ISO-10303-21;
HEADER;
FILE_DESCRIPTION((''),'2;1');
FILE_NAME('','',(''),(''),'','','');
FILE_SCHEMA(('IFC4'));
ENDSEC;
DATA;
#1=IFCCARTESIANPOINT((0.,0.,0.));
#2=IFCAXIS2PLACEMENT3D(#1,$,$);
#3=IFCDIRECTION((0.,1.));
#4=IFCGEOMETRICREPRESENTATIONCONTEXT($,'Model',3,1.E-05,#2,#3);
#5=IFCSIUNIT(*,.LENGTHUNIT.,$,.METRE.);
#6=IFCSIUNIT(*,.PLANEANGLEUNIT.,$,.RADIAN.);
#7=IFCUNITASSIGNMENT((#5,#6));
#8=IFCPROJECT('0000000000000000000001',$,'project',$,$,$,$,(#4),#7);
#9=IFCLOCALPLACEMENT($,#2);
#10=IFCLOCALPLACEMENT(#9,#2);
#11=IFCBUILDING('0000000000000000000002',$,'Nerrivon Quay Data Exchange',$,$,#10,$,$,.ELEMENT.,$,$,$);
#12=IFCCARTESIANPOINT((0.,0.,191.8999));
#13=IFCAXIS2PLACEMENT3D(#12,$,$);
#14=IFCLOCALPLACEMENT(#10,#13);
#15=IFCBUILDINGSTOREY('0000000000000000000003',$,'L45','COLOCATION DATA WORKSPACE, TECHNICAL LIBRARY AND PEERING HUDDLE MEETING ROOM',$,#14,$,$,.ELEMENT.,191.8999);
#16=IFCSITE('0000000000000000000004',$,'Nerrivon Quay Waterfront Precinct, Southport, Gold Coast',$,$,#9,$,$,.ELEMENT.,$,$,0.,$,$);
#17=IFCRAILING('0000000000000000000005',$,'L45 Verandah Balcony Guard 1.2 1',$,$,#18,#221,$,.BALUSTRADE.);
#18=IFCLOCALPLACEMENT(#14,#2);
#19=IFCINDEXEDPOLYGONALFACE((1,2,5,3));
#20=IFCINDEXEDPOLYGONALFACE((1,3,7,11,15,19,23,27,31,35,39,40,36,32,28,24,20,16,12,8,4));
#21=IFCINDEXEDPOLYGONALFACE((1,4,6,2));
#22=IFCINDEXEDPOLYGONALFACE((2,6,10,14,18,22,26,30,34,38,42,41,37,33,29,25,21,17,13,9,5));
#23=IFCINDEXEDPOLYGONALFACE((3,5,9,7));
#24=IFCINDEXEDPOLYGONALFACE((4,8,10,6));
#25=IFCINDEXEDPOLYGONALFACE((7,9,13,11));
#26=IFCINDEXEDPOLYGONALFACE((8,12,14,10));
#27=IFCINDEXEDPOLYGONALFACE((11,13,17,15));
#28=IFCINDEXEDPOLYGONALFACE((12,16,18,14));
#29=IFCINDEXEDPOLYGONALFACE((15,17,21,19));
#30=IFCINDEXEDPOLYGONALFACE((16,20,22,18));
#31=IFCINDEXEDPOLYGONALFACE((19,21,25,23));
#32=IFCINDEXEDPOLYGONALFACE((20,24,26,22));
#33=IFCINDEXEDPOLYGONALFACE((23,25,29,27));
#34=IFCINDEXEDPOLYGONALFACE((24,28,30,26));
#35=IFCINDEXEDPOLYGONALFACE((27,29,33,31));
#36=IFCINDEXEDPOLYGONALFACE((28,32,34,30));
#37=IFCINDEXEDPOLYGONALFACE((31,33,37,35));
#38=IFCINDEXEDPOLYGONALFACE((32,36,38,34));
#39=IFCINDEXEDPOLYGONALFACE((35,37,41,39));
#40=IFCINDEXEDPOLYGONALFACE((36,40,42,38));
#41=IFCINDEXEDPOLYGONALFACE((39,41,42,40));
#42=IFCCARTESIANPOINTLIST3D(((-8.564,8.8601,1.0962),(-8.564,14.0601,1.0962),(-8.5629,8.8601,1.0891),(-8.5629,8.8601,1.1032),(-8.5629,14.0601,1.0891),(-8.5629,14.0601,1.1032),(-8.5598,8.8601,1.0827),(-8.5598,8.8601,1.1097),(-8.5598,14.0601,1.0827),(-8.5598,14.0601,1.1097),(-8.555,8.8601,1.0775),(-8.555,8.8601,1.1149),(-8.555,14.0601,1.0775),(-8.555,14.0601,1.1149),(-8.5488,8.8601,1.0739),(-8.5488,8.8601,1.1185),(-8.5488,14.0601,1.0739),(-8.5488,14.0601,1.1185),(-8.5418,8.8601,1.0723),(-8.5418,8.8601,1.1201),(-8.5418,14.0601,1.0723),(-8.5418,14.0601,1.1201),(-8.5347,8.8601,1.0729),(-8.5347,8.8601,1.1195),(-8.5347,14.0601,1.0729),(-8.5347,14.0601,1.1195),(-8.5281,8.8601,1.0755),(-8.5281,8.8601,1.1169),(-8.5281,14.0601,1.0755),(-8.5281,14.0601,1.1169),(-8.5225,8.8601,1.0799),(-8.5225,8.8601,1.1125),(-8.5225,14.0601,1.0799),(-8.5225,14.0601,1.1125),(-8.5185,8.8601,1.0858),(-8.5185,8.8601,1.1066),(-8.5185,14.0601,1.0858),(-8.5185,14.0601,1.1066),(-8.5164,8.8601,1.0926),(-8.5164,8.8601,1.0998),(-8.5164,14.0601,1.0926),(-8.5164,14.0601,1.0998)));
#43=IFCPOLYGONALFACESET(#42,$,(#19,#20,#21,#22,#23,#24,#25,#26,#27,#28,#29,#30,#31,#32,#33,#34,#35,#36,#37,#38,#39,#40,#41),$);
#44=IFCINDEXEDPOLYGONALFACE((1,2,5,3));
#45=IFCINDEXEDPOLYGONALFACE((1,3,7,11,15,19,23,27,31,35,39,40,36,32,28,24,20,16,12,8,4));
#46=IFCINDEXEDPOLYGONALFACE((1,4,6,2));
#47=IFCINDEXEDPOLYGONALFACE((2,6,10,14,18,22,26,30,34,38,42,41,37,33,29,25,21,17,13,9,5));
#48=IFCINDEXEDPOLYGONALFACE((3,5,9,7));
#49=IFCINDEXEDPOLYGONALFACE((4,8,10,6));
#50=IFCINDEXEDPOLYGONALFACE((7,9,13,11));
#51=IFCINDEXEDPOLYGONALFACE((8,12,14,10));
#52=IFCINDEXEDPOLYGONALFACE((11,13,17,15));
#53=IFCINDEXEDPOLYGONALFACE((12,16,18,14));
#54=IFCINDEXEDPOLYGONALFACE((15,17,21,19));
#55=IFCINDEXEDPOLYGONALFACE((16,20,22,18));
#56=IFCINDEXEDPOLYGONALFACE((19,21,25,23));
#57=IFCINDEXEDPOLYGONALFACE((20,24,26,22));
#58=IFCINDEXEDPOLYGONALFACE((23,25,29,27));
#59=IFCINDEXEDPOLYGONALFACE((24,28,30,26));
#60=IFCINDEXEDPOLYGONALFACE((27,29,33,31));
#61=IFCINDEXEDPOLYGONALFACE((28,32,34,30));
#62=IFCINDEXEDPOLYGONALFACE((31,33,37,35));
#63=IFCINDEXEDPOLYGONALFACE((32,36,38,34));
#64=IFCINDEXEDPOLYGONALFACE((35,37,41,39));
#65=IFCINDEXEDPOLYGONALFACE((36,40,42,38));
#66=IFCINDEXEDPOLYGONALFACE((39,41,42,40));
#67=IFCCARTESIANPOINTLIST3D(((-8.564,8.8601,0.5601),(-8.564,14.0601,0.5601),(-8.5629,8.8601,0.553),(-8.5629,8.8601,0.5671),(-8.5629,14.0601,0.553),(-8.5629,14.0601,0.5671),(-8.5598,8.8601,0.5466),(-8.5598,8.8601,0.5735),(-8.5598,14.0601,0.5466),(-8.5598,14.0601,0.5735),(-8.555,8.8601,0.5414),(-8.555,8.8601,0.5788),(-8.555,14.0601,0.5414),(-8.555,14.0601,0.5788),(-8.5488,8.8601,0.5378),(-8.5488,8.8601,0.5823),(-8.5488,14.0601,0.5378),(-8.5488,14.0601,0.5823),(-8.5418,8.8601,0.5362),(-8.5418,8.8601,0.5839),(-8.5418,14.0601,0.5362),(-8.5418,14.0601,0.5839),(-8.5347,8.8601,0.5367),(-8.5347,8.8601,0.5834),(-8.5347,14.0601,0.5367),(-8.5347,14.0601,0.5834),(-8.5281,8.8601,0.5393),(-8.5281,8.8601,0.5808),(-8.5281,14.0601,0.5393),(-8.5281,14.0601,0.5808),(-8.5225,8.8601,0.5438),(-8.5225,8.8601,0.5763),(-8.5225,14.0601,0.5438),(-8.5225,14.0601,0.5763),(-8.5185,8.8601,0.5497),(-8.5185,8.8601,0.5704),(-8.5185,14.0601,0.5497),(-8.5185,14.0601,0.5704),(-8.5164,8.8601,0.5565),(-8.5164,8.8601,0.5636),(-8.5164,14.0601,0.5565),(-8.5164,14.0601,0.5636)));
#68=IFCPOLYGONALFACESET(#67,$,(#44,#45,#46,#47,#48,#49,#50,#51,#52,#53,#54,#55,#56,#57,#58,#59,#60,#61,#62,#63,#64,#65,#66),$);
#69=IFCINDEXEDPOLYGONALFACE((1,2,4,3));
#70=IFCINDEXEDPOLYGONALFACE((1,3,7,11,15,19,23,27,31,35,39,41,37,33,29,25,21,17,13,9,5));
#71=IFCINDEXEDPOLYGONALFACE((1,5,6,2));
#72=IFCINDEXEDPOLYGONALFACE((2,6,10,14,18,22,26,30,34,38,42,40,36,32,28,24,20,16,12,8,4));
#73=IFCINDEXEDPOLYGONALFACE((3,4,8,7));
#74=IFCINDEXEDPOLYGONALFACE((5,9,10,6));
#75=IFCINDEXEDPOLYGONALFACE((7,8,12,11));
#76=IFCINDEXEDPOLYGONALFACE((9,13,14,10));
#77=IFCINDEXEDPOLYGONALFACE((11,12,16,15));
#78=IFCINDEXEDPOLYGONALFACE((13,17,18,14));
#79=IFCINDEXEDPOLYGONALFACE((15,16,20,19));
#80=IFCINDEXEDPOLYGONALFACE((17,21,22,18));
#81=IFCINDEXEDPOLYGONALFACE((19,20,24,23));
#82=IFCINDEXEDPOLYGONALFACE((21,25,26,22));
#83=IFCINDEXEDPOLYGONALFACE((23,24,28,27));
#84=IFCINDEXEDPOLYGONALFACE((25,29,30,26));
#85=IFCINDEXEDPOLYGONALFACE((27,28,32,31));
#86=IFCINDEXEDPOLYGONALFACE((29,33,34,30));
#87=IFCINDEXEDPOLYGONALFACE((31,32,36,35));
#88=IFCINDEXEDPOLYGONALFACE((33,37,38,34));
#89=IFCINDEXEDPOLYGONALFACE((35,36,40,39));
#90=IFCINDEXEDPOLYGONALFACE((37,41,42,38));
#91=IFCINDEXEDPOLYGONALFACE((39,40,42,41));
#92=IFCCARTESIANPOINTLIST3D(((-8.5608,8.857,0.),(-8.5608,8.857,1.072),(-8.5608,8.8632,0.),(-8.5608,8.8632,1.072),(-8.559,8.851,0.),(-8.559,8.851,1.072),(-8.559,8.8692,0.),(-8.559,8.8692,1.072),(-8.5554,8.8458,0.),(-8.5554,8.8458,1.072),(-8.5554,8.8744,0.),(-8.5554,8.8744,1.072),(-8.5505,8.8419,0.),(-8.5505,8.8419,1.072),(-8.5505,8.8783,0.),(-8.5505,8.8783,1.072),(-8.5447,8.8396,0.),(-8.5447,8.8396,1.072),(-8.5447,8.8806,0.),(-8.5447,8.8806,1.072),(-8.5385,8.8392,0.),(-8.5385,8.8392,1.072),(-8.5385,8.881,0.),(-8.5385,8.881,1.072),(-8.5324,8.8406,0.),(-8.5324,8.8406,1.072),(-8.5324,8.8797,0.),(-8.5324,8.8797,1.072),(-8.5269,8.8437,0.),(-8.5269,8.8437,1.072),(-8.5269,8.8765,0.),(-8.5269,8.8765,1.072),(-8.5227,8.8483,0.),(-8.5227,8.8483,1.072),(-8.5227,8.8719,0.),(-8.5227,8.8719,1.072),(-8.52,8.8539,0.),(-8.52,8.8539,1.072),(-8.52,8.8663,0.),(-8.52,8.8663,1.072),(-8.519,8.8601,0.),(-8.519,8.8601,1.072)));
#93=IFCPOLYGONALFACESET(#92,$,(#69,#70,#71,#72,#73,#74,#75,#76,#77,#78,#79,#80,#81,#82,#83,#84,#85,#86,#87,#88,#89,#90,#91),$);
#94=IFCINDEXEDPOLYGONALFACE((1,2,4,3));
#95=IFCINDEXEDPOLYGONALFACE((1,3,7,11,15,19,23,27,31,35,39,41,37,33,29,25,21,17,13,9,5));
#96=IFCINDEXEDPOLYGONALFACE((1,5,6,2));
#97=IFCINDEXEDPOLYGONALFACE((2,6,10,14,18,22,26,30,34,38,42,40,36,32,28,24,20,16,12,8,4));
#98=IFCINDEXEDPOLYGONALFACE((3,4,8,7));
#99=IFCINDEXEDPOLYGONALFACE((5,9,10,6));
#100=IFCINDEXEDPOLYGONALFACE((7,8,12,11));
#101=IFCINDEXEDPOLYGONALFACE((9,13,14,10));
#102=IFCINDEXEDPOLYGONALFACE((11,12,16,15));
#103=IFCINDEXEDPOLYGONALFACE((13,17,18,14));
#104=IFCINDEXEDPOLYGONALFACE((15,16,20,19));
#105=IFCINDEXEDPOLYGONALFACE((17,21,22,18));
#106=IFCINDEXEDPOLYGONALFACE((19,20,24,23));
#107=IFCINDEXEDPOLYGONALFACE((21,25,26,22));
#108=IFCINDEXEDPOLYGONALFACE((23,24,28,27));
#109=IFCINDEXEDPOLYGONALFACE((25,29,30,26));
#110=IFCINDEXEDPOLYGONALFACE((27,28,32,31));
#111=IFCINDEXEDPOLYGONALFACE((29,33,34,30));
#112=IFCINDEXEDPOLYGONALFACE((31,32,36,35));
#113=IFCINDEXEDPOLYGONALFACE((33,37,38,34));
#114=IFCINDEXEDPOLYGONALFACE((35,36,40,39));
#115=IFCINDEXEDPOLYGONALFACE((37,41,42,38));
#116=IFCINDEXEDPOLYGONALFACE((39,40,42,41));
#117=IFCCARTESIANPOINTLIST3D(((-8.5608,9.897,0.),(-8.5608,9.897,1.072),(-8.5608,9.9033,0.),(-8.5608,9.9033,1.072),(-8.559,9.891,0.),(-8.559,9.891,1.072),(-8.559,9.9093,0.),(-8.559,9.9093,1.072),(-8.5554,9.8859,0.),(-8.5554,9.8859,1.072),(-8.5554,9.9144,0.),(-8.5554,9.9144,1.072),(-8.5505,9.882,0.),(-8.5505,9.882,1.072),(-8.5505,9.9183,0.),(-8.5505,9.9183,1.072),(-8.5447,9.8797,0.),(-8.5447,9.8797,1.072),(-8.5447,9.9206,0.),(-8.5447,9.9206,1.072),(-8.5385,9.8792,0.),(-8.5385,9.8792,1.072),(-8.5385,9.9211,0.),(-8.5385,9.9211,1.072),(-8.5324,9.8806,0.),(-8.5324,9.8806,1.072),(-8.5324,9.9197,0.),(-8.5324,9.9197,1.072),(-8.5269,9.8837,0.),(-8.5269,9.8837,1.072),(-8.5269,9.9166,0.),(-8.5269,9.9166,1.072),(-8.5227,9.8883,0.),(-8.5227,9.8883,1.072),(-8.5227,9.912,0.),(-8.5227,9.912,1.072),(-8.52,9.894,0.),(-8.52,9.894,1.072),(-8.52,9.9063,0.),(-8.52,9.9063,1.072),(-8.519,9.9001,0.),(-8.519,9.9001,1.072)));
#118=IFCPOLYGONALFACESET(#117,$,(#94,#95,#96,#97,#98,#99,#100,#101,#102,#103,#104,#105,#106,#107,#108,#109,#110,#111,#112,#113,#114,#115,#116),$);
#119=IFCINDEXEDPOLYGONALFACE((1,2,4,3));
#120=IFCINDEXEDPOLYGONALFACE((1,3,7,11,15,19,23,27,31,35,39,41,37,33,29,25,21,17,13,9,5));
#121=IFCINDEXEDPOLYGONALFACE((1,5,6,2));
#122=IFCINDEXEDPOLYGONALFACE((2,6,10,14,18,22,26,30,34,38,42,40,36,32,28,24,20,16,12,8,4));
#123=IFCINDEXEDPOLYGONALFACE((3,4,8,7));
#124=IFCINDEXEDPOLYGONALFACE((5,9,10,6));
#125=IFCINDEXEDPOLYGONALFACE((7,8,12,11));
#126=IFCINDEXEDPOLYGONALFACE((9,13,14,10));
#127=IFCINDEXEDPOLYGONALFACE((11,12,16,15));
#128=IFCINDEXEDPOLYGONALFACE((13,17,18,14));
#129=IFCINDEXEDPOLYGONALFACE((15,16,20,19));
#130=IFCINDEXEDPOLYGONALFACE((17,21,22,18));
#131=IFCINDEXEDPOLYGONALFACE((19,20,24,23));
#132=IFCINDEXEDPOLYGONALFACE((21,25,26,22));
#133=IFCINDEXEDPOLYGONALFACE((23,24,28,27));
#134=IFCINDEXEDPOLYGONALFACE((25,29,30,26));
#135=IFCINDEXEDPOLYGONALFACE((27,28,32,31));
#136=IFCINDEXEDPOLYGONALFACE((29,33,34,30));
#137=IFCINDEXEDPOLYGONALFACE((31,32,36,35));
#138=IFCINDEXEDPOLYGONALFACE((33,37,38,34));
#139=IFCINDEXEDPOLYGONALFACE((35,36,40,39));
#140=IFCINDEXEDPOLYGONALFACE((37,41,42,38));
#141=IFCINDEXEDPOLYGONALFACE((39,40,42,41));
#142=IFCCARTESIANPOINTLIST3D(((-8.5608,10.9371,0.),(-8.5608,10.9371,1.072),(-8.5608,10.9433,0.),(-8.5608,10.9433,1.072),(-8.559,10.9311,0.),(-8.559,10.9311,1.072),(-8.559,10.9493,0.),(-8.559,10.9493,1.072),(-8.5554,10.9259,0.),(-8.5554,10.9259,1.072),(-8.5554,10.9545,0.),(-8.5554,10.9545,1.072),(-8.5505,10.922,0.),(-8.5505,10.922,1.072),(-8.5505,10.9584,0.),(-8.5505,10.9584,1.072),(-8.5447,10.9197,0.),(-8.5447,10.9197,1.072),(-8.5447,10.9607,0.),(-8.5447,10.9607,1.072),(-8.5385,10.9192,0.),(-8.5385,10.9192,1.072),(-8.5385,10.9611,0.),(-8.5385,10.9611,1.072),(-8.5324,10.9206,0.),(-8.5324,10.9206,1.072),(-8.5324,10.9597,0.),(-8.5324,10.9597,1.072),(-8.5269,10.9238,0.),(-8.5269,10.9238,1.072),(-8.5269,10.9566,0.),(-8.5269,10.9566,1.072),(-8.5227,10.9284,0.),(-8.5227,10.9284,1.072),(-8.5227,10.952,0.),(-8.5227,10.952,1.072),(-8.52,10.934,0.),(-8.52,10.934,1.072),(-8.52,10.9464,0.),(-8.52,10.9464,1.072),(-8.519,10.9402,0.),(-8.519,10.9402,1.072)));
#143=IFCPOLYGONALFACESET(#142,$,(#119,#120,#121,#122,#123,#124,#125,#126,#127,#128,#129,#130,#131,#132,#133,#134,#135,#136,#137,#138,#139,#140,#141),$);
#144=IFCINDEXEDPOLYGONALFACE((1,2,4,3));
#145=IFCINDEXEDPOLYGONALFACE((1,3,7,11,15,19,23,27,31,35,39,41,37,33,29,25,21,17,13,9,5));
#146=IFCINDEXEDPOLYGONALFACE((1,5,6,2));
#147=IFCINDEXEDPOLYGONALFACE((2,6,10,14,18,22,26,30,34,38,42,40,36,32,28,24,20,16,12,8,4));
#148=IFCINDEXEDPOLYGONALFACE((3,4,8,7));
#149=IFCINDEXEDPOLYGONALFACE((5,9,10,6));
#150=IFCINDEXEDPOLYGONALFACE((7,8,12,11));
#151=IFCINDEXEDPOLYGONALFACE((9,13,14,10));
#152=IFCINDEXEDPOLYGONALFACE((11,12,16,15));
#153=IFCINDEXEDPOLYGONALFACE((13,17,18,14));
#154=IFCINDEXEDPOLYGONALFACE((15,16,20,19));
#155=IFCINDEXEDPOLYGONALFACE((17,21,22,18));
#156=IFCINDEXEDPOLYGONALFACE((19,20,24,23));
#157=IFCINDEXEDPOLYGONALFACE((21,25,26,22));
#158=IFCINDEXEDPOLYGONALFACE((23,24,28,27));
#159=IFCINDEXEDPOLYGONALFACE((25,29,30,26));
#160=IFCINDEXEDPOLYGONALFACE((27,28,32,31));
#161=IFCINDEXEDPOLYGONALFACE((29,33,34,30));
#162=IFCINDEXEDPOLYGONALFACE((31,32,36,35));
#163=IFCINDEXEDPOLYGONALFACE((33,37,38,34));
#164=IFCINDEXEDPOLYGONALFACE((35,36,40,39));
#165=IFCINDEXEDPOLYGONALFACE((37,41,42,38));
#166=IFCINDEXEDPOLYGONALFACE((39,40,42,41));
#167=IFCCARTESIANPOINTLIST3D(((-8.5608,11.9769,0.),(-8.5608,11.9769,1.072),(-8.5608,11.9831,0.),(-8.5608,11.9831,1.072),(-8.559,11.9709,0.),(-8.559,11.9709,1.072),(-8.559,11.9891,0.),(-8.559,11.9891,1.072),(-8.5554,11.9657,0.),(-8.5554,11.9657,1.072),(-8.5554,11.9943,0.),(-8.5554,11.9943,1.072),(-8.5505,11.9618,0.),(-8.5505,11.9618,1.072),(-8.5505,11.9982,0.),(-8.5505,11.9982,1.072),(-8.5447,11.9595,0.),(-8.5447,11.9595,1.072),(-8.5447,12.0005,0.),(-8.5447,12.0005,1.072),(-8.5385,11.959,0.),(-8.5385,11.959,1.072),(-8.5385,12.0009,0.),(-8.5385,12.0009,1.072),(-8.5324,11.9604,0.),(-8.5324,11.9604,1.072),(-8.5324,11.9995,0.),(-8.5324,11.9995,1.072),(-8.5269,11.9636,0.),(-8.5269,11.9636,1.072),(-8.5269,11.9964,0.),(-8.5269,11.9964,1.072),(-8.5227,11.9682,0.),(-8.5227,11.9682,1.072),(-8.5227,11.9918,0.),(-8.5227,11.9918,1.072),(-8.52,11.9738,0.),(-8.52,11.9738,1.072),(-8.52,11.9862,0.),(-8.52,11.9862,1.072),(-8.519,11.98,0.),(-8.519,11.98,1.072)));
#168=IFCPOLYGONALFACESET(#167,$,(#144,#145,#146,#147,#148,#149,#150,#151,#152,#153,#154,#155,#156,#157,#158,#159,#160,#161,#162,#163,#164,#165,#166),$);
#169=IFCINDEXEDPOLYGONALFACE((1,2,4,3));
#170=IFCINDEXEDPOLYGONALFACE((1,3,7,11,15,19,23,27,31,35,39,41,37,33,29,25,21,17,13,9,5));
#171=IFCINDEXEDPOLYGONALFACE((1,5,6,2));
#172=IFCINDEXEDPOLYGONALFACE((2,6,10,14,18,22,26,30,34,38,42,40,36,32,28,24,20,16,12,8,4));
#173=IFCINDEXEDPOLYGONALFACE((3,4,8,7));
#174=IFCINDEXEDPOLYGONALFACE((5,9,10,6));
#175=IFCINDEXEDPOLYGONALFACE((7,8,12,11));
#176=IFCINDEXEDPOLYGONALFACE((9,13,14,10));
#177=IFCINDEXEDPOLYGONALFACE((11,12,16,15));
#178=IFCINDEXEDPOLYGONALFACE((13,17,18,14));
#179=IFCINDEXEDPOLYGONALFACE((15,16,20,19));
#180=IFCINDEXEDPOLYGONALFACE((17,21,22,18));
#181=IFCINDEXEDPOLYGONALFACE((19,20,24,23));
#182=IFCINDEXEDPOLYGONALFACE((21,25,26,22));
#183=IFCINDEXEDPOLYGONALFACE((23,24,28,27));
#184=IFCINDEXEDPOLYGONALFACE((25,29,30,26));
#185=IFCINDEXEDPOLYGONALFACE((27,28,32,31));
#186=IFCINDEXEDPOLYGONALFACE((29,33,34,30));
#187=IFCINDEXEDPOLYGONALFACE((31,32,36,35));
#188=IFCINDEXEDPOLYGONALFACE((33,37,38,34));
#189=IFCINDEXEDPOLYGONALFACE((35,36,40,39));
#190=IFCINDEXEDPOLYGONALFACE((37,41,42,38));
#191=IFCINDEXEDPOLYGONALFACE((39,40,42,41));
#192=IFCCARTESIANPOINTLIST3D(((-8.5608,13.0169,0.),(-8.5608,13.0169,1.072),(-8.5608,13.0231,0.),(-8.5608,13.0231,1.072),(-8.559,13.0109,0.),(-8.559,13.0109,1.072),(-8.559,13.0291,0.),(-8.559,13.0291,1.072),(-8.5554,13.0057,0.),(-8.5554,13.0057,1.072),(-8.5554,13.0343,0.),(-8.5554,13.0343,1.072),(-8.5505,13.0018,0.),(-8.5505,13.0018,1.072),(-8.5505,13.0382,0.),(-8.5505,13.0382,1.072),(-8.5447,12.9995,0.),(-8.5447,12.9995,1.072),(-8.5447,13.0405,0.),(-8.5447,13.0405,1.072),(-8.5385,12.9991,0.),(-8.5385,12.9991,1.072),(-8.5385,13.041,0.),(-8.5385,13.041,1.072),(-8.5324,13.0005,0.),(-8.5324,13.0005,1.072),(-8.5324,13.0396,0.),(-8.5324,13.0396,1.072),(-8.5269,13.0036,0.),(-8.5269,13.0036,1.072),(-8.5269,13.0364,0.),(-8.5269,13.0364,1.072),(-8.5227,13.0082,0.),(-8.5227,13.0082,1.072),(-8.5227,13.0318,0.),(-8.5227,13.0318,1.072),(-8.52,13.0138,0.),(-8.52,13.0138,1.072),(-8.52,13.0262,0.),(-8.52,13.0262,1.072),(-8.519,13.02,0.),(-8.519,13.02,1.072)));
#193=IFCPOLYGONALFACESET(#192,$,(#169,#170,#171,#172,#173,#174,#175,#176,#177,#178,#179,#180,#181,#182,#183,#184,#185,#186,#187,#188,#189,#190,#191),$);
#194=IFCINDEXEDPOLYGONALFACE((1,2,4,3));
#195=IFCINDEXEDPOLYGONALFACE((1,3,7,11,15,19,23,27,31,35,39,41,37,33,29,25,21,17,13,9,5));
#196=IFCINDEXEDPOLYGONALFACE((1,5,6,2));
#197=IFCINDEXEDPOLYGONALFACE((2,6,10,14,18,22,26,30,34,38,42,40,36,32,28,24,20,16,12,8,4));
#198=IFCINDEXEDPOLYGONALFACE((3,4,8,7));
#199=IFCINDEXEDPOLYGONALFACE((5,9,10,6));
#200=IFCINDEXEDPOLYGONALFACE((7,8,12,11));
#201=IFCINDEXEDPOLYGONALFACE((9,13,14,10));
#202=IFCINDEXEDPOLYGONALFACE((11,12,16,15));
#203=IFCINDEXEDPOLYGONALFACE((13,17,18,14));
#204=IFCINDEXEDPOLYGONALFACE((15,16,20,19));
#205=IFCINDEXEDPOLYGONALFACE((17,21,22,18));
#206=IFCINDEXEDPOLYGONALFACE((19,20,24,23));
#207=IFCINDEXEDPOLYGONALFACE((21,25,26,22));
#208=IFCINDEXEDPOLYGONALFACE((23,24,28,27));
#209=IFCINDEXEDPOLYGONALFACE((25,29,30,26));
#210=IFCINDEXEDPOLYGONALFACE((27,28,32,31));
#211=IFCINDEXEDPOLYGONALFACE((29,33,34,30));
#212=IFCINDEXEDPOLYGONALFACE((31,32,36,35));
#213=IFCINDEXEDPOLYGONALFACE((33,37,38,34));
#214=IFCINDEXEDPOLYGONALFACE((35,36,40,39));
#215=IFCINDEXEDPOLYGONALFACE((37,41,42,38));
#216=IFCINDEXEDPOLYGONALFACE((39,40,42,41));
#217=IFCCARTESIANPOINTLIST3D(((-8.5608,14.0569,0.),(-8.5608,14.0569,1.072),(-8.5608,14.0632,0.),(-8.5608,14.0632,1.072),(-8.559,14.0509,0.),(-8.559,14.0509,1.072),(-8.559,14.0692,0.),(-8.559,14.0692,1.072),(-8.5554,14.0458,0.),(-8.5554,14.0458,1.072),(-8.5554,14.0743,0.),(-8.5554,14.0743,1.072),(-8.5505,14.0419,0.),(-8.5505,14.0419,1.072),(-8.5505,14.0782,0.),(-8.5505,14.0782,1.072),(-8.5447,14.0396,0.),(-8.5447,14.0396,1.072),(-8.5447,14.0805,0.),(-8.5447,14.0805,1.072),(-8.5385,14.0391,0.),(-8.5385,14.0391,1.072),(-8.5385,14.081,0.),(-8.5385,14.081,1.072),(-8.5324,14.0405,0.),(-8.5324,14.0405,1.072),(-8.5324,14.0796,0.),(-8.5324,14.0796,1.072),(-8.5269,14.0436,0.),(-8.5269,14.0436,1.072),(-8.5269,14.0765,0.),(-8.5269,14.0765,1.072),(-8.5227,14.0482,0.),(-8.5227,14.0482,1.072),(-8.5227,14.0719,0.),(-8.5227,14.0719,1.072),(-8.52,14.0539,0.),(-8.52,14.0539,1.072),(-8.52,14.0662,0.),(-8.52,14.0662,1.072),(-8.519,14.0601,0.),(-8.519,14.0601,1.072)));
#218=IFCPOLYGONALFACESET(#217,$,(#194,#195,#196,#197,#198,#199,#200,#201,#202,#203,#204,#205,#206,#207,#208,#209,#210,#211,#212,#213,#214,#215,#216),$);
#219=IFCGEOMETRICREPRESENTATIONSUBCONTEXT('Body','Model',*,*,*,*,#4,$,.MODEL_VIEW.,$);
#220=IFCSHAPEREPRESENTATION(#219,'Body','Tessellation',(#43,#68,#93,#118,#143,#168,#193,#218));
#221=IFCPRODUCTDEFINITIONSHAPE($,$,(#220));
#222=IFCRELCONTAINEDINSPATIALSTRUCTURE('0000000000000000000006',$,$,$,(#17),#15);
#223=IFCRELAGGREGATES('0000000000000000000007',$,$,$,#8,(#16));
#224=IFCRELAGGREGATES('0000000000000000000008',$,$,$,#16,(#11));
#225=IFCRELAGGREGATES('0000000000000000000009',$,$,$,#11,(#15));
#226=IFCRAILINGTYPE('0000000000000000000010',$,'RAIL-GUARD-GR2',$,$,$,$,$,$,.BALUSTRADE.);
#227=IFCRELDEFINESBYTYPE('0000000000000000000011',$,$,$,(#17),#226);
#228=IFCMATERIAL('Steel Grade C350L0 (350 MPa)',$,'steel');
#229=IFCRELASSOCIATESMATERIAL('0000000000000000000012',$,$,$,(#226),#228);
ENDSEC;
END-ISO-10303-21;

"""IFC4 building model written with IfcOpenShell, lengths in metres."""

from ifc_helpers import new_model, si_unit, direction, frame, origin, origin_2d, place, context, subcontext, project, spatial, circle, extrude, material, type_object, element, save


model = new_model("IFC4")

# Units and contexts
model_context = context("Model", 3, precision=1e-05, world=origin(), true_north=direction((0.0, 1.0)))
body_context = subcontext(model_context, "Body", "Model", "MODEL_VIEW")
ifc_project = project(units=[si_unit("LENGTHUNIT", "METRE"), si_unit("PLANEANGLEUNIT", "RADIAN")], contexts=[model_context])

# Site, building, storey
site_placement = place(None, origin())
site = spatial("IfcSite", under=ifc_project, at=site_placement, Name="Nerrivon Quay Waterfront Precinct, Southport, Gold Coast", CompositionType="ELEMENT", RefElevation=0.0)
building_placement = place(site_placement, origin())
building = spatial("IfcBuilding", under=site, at=building_placement, Name="Nerrivon Quay Data Exchange", CompositionType="ELEMENT")
storey_placement = place(building_placement, frame((0.0, 0.0, 191.8999)))
storey = spatial("IfcBuildingStorey", under=building, at=storey_placement, Name="L45", Description="COLOCATION DATA WORKSPACE, TECHNICAL LIBRARY AND PEERING HUDDLE MEETING ROOM", CompositionType="ELEMENT", Elevation=191.8999)

# Railing
ifc_material_1 = material(Name="Steel Grade C350L0 (350 MPa)", Category="steel")
railing_type = type_object("IfcRailingType", Name="RAIL-GUARD-GR2", PredefinedType="BALUSTRADE", material=ifc_material_1)
railing_1_placement = place(storey_placement, frame((-8.54, 8.8601, 0.0)))
element("IfcRailing", 1, at=railing_1_placement, inside=storey, type_object=railing_type, Name="L45 Verandah Balcony Guard 1.2 1", PredefinedType="BALUSTRADE", context=body_context, shape_type="SweptSolid", body=[
    extrude(circle(Radius=0.0239, at=origin_2d()), frame((0.0, 0.0, 1.0962), z_axis=(0.0, 1.0, 0.0), x_axis=(-1.0, 0.0, 0.0)), (0.0, 0.0, 1.0), 5.2),
    extrude(circle(Radius=0.0239, at=origin_2d()), frame((0.0, 0.0, 0.5601), z_axis=(0.0, 1.0, 0.0), x_axis=(-1.0, 0.0, 0.0)), (0.0, 0.0, 1.0), 5.2),
    extrude(circle(Radius=0.021, at=origin_2d()), origin(), (0.0, 0.0, 1.0), 1.072),
    extrude(circle(Radius=0.021, at=origin_2d()), frame((0.0, 1.04, 0.0)), (0.0, 0.0, 1.0), 1.072),
    extrude(circle(Radius=0.021, at=origin_2d()), frame((0.0, 2.0801, 0.0)), (0.0, 0.0, 1.0), 1.072),
    extrude(circle(Radius=0.021, at=origin_2d()), frame((0.0, 3.1199, 0.0)), (0.0, 0.0, 1.0), 1.072),
    extrude(circle(Radius=0.021, at=origin_2d()), frame((0.0, 4.1599, 0.0)), (0.0, 0.0, 1.0), 1.072),
    extrude(circle(Radius=0.021, at=origin_2d()), frame((0.0, 5.2, 0.0)), (0.0, 0.0, 1.0), 1.072),
])

save(model, "model.ifc")
